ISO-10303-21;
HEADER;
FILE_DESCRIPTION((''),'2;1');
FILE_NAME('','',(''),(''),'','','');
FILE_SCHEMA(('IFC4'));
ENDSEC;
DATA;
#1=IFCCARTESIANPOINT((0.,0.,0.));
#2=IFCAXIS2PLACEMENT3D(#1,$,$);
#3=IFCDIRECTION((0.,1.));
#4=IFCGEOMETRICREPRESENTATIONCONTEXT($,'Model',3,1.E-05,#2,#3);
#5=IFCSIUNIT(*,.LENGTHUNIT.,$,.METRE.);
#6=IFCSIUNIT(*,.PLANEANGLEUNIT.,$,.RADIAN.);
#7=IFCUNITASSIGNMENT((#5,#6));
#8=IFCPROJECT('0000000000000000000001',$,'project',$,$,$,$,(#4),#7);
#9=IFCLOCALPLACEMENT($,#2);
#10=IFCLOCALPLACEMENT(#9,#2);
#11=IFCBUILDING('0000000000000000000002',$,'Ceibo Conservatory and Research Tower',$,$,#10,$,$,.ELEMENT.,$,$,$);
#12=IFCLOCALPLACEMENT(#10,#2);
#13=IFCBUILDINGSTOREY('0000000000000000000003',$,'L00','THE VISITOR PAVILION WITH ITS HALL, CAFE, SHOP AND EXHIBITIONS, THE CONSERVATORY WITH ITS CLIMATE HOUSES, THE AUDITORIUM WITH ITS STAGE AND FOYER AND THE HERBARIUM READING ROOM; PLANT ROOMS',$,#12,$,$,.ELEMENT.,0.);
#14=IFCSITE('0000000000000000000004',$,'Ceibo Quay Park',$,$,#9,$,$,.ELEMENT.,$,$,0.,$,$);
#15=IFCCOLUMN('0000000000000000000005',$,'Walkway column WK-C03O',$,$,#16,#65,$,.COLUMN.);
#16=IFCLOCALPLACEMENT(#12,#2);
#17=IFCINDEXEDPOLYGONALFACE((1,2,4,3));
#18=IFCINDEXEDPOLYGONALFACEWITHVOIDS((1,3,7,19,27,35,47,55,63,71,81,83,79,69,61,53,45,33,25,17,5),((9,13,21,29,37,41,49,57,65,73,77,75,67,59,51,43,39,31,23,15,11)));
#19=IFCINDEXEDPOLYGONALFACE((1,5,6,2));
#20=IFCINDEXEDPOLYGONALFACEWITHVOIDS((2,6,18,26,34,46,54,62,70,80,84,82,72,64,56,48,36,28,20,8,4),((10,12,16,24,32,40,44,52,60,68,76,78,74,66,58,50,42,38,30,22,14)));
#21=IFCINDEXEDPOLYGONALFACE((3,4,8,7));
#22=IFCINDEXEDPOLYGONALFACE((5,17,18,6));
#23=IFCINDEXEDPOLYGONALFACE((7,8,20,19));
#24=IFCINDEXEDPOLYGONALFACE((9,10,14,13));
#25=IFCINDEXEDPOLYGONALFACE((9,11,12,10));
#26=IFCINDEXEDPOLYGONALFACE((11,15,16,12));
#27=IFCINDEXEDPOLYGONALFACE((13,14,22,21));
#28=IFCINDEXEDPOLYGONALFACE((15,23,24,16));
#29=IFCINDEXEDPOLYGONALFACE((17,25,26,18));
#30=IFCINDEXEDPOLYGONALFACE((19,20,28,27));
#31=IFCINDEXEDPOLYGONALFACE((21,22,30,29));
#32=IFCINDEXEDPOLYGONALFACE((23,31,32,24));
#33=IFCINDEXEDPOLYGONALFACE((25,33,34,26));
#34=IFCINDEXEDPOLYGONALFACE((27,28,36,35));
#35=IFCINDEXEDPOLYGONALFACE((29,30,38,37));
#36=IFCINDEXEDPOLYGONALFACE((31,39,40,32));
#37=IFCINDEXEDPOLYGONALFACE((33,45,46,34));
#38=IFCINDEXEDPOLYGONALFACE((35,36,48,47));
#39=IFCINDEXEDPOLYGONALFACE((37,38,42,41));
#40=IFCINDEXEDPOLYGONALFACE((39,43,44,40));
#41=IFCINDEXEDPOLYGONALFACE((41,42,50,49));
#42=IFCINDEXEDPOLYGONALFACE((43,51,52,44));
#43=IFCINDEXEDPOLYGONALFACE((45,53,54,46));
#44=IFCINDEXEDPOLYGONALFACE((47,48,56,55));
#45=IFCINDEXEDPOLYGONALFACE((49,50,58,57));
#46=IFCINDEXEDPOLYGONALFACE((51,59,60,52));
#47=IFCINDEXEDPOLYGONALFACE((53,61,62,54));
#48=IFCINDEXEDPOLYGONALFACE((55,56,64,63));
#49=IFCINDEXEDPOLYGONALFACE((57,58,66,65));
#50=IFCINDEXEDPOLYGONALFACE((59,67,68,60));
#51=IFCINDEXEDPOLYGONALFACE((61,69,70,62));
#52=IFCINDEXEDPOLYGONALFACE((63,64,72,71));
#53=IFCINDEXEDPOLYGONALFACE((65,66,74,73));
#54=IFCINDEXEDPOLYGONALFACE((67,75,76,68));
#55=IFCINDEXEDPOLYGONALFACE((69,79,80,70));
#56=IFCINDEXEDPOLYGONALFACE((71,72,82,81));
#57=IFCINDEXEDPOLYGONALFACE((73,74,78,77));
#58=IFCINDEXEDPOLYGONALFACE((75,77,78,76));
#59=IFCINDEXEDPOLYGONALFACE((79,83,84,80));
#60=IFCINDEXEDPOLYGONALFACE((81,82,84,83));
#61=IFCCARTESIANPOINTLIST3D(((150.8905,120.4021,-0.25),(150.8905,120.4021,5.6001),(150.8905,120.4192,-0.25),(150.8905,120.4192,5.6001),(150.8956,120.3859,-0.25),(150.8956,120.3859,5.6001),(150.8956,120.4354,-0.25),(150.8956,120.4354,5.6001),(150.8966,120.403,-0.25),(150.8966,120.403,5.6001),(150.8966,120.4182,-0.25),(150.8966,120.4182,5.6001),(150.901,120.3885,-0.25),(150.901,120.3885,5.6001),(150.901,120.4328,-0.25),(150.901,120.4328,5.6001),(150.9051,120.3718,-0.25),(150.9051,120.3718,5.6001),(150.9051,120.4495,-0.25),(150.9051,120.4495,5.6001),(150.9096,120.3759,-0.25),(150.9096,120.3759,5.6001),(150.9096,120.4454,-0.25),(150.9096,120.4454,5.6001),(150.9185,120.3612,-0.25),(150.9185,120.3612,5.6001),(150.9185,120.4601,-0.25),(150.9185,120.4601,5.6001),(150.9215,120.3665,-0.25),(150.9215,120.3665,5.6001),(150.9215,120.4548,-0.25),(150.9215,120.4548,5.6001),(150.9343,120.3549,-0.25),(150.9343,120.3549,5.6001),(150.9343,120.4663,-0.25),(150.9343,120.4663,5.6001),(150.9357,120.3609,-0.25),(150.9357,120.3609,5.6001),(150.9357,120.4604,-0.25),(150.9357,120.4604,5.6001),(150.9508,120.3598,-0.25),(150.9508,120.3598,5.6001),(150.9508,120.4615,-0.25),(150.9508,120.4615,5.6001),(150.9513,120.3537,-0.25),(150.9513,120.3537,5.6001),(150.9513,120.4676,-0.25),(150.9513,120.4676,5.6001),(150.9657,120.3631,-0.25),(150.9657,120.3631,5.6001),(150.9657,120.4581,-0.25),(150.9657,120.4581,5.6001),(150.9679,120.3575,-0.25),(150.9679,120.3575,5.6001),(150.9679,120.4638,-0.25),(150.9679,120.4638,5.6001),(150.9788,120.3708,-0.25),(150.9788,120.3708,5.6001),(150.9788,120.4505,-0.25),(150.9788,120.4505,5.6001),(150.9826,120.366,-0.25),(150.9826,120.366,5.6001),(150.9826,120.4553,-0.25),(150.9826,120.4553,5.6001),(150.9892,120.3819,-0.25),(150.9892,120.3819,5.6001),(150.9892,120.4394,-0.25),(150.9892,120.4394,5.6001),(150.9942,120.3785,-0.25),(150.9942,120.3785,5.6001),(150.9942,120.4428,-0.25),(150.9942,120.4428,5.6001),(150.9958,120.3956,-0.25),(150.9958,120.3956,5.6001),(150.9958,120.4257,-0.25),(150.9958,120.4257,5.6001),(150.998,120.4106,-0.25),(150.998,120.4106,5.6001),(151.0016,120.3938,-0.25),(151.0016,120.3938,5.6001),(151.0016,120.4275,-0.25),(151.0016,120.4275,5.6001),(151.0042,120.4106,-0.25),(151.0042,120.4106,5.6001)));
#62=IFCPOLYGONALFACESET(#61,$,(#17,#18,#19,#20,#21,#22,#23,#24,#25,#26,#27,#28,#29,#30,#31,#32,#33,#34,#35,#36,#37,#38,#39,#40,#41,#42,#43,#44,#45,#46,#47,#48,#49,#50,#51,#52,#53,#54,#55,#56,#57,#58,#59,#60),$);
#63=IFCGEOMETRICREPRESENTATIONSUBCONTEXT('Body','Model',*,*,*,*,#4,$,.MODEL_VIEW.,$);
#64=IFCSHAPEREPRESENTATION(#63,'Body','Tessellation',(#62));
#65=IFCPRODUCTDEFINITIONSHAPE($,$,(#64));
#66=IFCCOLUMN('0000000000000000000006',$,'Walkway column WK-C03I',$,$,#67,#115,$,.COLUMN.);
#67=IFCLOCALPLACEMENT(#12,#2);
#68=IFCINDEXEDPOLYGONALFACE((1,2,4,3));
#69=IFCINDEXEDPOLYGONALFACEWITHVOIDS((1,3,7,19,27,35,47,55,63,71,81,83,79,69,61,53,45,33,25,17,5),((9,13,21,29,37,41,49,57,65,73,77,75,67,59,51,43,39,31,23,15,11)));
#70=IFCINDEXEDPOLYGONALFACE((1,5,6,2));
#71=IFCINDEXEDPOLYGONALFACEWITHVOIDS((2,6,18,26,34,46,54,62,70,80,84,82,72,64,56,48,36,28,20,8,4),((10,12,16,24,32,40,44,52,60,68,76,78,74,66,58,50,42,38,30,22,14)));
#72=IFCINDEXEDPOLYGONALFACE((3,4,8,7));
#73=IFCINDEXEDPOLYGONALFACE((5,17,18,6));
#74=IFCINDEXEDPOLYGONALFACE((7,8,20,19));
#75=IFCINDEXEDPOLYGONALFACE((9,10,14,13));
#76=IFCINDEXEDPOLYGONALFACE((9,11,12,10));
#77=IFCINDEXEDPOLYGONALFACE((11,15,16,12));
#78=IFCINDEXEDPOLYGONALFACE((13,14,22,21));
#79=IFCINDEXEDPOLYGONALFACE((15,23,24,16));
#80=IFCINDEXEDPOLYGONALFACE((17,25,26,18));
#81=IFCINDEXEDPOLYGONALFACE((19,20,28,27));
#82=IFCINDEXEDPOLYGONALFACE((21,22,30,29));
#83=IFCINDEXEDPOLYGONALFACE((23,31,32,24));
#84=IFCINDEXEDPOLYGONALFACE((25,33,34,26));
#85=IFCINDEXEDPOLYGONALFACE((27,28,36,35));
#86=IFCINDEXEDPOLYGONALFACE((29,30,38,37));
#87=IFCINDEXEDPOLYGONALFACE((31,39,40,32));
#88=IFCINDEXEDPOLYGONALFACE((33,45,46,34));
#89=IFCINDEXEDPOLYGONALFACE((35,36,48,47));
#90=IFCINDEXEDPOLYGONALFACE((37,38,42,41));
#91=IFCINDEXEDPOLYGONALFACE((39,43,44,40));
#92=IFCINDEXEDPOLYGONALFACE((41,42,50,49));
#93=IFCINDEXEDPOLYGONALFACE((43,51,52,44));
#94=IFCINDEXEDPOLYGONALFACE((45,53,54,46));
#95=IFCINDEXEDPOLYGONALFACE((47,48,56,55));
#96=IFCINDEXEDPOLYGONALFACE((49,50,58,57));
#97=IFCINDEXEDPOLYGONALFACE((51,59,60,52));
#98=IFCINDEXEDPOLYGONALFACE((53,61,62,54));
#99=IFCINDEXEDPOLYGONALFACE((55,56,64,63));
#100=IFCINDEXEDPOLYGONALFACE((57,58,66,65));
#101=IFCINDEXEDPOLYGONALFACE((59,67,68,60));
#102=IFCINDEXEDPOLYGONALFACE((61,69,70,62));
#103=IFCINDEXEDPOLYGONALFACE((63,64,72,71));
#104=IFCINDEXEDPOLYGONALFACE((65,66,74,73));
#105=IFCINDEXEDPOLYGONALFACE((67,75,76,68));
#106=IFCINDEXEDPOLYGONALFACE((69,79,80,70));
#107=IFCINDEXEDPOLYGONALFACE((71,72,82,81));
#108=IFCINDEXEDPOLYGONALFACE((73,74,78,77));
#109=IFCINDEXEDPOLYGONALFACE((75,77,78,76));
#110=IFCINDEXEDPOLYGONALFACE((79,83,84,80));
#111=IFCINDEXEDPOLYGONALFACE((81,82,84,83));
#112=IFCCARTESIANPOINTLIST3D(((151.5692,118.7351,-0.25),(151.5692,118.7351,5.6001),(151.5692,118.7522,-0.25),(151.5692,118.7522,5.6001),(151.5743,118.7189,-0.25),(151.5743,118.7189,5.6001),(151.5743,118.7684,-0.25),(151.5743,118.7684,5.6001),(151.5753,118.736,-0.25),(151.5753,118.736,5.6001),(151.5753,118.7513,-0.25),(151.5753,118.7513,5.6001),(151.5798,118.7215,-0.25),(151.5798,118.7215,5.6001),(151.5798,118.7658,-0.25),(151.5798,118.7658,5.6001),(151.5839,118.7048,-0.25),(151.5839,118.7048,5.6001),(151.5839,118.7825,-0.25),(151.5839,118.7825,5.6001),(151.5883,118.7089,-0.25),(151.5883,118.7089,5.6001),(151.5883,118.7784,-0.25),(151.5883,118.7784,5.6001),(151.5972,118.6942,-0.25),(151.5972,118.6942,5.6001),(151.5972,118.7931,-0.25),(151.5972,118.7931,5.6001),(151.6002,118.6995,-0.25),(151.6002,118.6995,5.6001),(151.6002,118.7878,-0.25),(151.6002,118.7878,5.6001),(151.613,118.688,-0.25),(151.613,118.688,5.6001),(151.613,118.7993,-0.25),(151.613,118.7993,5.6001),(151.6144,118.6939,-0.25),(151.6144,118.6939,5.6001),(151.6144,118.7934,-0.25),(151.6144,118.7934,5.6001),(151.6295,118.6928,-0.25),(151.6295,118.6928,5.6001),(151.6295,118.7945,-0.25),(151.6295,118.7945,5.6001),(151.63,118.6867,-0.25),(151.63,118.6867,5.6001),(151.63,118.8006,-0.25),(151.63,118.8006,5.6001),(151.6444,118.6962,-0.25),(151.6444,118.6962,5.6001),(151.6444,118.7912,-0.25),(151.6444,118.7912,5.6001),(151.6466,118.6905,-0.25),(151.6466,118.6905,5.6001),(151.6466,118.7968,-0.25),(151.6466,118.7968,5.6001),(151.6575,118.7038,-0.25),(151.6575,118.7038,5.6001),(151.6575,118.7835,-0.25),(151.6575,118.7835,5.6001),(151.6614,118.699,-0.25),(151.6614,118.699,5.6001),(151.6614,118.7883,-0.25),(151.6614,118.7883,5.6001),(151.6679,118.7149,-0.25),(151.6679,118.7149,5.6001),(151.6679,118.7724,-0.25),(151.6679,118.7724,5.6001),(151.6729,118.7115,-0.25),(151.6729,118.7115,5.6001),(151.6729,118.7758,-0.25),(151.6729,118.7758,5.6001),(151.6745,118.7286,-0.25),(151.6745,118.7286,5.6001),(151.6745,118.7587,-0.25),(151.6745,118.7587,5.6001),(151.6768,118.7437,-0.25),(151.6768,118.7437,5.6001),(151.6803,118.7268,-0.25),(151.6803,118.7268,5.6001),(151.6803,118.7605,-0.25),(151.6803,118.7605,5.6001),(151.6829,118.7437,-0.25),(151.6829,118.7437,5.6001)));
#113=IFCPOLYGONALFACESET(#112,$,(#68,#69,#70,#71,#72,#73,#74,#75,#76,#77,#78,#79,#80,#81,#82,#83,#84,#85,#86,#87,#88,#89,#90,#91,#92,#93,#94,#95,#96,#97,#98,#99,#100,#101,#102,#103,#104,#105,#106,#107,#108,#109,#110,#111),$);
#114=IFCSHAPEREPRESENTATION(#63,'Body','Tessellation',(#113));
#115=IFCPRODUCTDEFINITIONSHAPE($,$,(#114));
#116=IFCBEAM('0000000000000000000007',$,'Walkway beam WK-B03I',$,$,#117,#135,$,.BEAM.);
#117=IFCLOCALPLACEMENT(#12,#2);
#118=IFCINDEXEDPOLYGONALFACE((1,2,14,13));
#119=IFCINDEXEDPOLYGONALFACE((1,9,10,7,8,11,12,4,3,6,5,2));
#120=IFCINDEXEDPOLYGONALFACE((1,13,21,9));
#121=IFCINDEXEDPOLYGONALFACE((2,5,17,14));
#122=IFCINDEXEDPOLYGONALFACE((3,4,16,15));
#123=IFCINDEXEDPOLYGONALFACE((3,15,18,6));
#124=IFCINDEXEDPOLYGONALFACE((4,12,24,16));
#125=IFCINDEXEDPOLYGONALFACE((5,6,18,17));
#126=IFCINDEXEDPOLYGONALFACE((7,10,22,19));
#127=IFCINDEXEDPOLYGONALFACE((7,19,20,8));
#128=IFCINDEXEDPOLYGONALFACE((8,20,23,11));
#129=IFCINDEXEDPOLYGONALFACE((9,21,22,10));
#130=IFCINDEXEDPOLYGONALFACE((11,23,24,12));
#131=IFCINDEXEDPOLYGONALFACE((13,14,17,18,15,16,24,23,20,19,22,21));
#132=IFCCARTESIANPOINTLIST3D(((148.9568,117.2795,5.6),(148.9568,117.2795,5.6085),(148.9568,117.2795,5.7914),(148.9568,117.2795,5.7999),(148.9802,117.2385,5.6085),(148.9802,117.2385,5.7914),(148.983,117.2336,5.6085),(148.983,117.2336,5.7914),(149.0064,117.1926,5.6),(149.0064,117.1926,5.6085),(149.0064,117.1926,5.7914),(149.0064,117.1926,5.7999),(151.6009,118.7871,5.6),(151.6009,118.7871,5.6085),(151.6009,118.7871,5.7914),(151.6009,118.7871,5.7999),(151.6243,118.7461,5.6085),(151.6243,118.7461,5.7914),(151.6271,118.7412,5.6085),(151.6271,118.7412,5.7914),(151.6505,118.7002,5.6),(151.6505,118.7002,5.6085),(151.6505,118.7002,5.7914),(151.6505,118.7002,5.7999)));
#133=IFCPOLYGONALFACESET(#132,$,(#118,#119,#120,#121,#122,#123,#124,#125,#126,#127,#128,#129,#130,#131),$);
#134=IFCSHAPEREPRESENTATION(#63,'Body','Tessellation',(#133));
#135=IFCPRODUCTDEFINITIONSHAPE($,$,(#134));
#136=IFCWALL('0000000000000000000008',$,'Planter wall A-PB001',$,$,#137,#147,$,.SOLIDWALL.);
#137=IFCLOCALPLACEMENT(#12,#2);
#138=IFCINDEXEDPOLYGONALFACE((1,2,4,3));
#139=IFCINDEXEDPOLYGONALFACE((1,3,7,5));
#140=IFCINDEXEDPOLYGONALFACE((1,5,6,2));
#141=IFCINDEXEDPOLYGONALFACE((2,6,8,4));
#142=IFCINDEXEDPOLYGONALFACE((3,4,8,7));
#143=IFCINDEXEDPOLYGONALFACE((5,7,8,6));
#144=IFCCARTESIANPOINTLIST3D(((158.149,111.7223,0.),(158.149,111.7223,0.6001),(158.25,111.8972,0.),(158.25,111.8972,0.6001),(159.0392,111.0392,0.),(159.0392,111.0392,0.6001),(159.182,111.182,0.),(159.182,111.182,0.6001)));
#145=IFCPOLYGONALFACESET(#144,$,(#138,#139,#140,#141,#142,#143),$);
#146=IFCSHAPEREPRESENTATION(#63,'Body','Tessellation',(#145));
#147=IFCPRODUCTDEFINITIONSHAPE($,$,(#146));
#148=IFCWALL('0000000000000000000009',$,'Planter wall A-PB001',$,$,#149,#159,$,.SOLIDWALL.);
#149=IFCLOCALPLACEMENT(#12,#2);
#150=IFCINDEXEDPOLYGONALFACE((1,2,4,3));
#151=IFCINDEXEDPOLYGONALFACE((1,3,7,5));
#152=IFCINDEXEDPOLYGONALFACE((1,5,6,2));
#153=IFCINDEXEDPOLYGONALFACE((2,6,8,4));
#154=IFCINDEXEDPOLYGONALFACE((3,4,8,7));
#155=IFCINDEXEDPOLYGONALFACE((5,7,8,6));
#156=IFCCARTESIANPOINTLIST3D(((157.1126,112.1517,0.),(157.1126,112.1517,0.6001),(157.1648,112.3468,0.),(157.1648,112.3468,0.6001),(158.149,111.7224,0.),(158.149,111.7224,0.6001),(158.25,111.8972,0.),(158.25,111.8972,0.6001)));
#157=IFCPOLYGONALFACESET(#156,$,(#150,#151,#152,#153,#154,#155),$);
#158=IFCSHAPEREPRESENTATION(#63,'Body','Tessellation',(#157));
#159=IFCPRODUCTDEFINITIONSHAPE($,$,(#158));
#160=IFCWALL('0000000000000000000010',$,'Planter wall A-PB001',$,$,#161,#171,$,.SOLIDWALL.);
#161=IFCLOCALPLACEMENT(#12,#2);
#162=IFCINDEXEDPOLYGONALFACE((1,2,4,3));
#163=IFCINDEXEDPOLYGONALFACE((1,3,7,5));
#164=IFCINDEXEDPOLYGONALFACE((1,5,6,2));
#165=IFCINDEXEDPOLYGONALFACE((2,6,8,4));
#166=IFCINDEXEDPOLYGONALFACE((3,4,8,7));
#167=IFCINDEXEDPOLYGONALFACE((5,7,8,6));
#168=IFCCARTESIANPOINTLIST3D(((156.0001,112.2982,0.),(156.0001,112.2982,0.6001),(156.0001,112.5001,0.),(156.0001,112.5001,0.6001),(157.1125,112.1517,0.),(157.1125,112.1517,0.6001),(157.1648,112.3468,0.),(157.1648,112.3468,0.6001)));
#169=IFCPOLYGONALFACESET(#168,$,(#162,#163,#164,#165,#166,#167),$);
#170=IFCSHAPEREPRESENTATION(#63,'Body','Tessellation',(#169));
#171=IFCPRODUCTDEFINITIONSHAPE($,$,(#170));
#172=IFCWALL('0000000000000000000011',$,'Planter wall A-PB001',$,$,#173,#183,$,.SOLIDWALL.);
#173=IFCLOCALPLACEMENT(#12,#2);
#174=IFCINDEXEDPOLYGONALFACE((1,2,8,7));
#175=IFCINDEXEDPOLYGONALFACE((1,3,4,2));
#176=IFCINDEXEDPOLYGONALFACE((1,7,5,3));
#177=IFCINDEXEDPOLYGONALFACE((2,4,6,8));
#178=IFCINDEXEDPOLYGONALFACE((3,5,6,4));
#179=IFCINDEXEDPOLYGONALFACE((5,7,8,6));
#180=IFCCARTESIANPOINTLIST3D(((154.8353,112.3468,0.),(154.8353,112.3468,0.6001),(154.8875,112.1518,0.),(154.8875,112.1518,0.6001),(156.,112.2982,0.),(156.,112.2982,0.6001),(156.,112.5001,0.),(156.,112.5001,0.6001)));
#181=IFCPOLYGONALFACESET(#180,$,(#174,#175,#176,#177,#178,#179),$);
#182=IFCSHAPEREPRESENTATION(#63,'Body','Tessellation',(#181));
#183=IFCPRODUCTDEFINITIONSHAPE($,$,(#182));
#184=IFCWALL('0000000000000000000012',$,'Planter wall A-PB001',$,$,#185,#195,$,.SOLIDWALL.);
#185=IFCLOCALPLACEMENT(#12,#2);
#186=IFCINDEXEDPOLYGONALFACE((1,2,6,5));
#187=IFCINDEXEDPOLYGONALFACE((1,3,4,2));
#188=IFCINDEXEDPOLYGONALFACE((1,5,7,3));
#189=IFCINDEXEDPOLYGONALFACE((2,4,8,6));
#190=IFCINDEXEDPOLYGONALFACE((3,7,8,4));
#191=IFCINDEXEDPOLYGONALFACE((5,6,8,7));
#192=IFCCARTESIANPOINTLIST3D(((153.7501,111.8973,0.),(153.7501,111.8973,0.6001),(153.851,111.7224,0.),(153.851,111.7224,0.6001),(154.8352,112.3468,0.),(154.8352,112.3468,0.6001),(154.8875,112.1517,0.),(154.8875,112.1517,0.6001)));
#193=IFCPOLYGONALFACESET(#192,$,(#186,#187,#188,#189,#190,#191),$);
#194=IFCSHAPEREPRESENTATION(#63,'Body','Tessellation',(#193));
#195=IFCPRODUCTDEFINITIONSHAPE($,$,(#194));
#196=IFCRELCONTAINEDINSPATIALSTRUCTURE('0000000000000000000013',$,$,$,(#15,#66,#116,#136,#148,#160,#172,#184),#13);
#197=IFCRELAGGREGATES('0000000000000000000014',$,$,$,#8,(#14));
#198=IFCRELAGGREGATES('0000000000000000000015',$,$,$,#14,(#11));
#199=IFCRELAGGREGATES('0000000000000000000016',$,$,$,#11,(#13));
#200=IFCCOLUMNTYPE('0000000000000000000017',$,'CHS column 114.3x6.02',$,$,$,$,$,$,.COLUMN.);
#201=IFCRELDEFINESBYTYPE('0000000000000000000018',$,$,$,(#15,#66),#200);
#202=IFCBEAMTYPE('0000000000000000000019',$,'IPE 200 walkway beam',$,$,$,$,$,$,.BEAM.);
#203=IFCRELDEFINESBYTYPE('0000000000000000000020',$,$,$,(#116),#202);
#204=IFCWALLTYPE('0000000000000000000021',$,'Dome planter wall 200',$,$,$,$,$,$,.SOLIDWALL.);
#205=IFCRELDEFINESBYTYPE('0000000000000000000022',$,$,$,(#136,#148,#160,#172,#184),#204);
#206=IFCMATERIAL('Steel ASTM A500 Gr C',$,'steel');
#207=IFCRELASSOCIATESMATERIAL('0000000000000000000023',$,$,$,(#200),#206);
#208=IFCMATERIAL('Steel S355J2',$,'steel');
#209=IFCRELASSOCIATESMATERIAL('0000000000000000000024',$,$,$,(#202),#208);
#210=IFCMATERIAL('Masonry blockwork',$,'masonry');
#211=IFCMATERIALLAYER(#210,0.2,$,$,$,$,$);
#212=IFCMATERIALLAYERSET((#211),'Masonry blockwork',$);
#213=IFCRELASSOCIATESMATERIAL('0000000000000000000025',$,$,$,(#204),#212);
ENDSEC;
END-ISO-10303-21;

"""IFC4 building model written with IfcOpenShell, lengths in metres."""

from ifc_helpers import new_model, si_unit, direction, frame, origin, origin_2d, place, context, subcontext, project, spatial, polyline, hollow_circle, i_section, outline, extrude, material, layer, layer_set, material_profile, profile_set, type_object, element, save


model = new_model("IFC4")

# Units and contexts
model_context = context("Model", 3, precision=1e-05, world=origin(), true_north=direction((0.0, 1.0)))
body_context = subcontext(model_context, "Body", "Model", "MODEL_VIEW")
ifc_project = project(units=[si_unit("LENGTHUNIT", "METRE"), si_unit("PLANEANGLEUNIT", "RADIAN")], contexts=[model_context])

# Site, building, storey
site_placement = place(None, origin())
site = spatial("IfcSite", under=ifc_project, at=site_placement, Name="Ceibo Quay Park", CompositionType="ELEMENT", RefElevation=0.0)
building_placement = place(site_placement, origin())
building = spatial("IfcBuilding", under=site, at=building_placement, Name="Ceibo Conservatory and Research Tower", CompositionType="ELEMENT")
storey_placement = place(building_placement, origin())
storey = spatial("IfcBuildingStorey", under=building, at=storey_placement, Name="L00", Description="THE VISITOR PAVILION WITH ITS HALL, CAFE, SHOP AND EXHIBITIONS, THE CONSERVATORY WITH ITS CLIMATE HOUSES, THE AUDITORIUM WITH ITS STAGE AND FOYER AND THE HERBARIUM READING ROOM; PLANT ROOMS", CompositionType="ELEMENT", Elevation=0.0)

# Columns
ifc_material_1 = material(Name="Steel ASTM A500 Gr C", Category="steel")
ifc_material_profile_1 = material_profile(ifc_material_1, hollow_circle(Radius=0.0571, WallThickness=0.0061, at=origin_2d()), Name="CHS column 114.3x6.02")
ifc_profile_set_1 = profile_set([ifc_material_profile_1], Name="Steel ASTM A500 Gr C")
column_type = type_object("IfcColumnType", Name="CHS column 114.3x6.02", PredefinedType="COLUMN", material=ifc_profile_set_1)
for number, where, z_axis, x_axis, name in (
    (1, (150.947, 120.4106, -0.25), (0.0, 0.0, 1.0), (1.0, 0.0, 0.0), "Walkway column WK-C03O"),
    (2, (151.6257, 118.7437, -0.25), (0.0, 0.0, 1.0), (1.0, 0.0, 0.0), "Walkway column WK-C03I"),
):
    element("IfcColumn", number, at=place(storey_placement, frame(where, z_axis=z_axis, x_axis=x_axis)), inside=storey, type_object=column_type, Name=name, PredefinedType="COLUMN", context=body_context, shape_type="SweptSolid", body=[
        extrude(hollow_circle(Radius=0.0571, WallThickness=0.0061, at=origin_2d()), origin(), (0.0, 0.0, 1.0), 5.8501),
    ])

# Beam
ifc_material_2 = material(Name="Steel S355J2", Category="steel")
ifc_material_profile_2 = material_profile(ifc_material_2, i_section(OverallWidth=0.1001, OverallDepth=0.2, WebThickness=0.0056, FlangeThickness=0.0085, at=origin_2d()), Name="IPE 200")
ifc_profile_set_2 = profile_set([ifc_material_profile_2], Name="Steel S355J2")
beam_type = type_object("IfcBeamType", Name="IPE 200 walkway beam", PredefinedType="BEAM", material=ifc_profile_set_2)
beam_placement = place(storey_placement, frame((151.6257, 118.7437, 5.7), z_axis=(-0.868712, -0.495318, 0.0), x_axis=(0.495318, -0.868712, 0.0)))
element("IfcBeam", 3, at=beam_placement, inside=storey, type_object=beam_type, Name="Walkway beam WK-B03I", PredefinedType="BEAM", context=body_context, shape_type="SweptSolid", body=[
    extrude(i_section(OverallWidth=0.1001, OverallDepth=0.2, WebThickness=0.0056, FlangeThickness=0.0085, at=origin_2d()), origin(), (0.0, 0.0, 1.0), 3.0437),
])

# Walls
ifc_material_3 = material(Name="Masonry blockwork", Category="masonry")
ifc_layer_1 = layer(ifc_material_3, 0.2)
ifc_layer_set_1 = layer_set([ifc_layer_1], Name="Masonry blockwork")
wall_type_1 = type_object("IfcWallType", Name="Dome planter wall 200", PredefinedType="SOLIDWALL", material=ifc_layer_set_1)
wall_1_placement = place(storey_placement, frame((159.1106, 111.1106, 0.0), z_axis=(0.0, 0.0, 1.0), x_axis=(-0.793319, 0.608806, 0.0)))
element("IfcWall", 4, at=wall_1_placement, inside=storey, type_object=wall_type_1, Name="Planter wall A-PB001", PredefinedType="SOLIDWALL", context=body_context, shape_type="SweptSolid", body=[
    extrude(outline(polyline([(-0.0132, -0.1001), (1.1616, -0.1001), (1.1353, 0.1001), (0.0132, 0.1001), (-0.0132, -0.1001)])), origin(), (0.0, 0.0, 1.0), 0.6001),
])
wall_2_placement = place(storey_placement, frame((158.1995, 111.8098, 0.0), z_axis=(0.0, 0.0, 1.0), x_axis=(-0.923861, 0.382727, 0.0)))
element("IfcWall", 5, at=wall_2_placement, inside=storey, type_object=wall_type_1, Name="Planter wall A-PB001", PredefinedType="SOLIDWALL", context=body_context, shape_type="SweptSolid", body=[
    extrude(outline(polyline([(-0.0132, -0.1001), (1.1614, -0.1001), (1.135, 0.1001), (0.0132, 0.1001), (-0.0132, -0.1001)])), origin(), (0.0, 0.0, 1.0), 0.6001),
])
for number, where, z_axis, x_axis, name in (
    (6, (157.1387, 112.2493, 0.0), (0.0, 0.0, 1.0), (-0.991446, 0.13052, 0.0), "Planter wall A-PB001"),
    (7, (156.0, 112.3992, 0.0), (0.0, 0.0, 1.0), (-0.991446, -0.13052, 0.0), "Planter wall A-PB001"),
):
    element("IfcWall", number, at=place(storey_placement, frame(where, z_axis=z_axis, x_axis=x_axis)), inside=storey, type_object=wall_type_1, Name=name, PredefinedType="SOLIDWALL", context=body_context, shape_type="SweptSolid", body=[
        extrude(outline(polyline([(-0.0132, -0.1001), (1.1616, -0.1001), (1.1353, 0.1001), (0.0132, 0.1001), (-0.0132, -0.1001)])), origin(), (0.0, 0.0, 1.0), 0.6001),
    ])
wall_3_placement = place(storey_placement, frame((154.8613, 112.2493, 0.0), z_axis=(0.0, 0.0, 1.0), x_axis=(-0.923861, -0.382727, 0.0)))
element("IfcWall", 8, at=wall_3_placement, inside=storey, type_object=wall_type_1, Name="Planter wall A-PB001", PredefinedType="SOLIDWALL", context=body_context, shape_type="SweptSolid", body=[
    extrude(outline(polyline([(-0.0132, -0.1001), (1.1614, -0.1001), (1.135, 0.1001), (0.0132, 0.1001), (-0.0132, -0.1001)])), origin(), (0.0, 0.0, 1.0), 0.6001),
])

save(model, "model.ifc")
